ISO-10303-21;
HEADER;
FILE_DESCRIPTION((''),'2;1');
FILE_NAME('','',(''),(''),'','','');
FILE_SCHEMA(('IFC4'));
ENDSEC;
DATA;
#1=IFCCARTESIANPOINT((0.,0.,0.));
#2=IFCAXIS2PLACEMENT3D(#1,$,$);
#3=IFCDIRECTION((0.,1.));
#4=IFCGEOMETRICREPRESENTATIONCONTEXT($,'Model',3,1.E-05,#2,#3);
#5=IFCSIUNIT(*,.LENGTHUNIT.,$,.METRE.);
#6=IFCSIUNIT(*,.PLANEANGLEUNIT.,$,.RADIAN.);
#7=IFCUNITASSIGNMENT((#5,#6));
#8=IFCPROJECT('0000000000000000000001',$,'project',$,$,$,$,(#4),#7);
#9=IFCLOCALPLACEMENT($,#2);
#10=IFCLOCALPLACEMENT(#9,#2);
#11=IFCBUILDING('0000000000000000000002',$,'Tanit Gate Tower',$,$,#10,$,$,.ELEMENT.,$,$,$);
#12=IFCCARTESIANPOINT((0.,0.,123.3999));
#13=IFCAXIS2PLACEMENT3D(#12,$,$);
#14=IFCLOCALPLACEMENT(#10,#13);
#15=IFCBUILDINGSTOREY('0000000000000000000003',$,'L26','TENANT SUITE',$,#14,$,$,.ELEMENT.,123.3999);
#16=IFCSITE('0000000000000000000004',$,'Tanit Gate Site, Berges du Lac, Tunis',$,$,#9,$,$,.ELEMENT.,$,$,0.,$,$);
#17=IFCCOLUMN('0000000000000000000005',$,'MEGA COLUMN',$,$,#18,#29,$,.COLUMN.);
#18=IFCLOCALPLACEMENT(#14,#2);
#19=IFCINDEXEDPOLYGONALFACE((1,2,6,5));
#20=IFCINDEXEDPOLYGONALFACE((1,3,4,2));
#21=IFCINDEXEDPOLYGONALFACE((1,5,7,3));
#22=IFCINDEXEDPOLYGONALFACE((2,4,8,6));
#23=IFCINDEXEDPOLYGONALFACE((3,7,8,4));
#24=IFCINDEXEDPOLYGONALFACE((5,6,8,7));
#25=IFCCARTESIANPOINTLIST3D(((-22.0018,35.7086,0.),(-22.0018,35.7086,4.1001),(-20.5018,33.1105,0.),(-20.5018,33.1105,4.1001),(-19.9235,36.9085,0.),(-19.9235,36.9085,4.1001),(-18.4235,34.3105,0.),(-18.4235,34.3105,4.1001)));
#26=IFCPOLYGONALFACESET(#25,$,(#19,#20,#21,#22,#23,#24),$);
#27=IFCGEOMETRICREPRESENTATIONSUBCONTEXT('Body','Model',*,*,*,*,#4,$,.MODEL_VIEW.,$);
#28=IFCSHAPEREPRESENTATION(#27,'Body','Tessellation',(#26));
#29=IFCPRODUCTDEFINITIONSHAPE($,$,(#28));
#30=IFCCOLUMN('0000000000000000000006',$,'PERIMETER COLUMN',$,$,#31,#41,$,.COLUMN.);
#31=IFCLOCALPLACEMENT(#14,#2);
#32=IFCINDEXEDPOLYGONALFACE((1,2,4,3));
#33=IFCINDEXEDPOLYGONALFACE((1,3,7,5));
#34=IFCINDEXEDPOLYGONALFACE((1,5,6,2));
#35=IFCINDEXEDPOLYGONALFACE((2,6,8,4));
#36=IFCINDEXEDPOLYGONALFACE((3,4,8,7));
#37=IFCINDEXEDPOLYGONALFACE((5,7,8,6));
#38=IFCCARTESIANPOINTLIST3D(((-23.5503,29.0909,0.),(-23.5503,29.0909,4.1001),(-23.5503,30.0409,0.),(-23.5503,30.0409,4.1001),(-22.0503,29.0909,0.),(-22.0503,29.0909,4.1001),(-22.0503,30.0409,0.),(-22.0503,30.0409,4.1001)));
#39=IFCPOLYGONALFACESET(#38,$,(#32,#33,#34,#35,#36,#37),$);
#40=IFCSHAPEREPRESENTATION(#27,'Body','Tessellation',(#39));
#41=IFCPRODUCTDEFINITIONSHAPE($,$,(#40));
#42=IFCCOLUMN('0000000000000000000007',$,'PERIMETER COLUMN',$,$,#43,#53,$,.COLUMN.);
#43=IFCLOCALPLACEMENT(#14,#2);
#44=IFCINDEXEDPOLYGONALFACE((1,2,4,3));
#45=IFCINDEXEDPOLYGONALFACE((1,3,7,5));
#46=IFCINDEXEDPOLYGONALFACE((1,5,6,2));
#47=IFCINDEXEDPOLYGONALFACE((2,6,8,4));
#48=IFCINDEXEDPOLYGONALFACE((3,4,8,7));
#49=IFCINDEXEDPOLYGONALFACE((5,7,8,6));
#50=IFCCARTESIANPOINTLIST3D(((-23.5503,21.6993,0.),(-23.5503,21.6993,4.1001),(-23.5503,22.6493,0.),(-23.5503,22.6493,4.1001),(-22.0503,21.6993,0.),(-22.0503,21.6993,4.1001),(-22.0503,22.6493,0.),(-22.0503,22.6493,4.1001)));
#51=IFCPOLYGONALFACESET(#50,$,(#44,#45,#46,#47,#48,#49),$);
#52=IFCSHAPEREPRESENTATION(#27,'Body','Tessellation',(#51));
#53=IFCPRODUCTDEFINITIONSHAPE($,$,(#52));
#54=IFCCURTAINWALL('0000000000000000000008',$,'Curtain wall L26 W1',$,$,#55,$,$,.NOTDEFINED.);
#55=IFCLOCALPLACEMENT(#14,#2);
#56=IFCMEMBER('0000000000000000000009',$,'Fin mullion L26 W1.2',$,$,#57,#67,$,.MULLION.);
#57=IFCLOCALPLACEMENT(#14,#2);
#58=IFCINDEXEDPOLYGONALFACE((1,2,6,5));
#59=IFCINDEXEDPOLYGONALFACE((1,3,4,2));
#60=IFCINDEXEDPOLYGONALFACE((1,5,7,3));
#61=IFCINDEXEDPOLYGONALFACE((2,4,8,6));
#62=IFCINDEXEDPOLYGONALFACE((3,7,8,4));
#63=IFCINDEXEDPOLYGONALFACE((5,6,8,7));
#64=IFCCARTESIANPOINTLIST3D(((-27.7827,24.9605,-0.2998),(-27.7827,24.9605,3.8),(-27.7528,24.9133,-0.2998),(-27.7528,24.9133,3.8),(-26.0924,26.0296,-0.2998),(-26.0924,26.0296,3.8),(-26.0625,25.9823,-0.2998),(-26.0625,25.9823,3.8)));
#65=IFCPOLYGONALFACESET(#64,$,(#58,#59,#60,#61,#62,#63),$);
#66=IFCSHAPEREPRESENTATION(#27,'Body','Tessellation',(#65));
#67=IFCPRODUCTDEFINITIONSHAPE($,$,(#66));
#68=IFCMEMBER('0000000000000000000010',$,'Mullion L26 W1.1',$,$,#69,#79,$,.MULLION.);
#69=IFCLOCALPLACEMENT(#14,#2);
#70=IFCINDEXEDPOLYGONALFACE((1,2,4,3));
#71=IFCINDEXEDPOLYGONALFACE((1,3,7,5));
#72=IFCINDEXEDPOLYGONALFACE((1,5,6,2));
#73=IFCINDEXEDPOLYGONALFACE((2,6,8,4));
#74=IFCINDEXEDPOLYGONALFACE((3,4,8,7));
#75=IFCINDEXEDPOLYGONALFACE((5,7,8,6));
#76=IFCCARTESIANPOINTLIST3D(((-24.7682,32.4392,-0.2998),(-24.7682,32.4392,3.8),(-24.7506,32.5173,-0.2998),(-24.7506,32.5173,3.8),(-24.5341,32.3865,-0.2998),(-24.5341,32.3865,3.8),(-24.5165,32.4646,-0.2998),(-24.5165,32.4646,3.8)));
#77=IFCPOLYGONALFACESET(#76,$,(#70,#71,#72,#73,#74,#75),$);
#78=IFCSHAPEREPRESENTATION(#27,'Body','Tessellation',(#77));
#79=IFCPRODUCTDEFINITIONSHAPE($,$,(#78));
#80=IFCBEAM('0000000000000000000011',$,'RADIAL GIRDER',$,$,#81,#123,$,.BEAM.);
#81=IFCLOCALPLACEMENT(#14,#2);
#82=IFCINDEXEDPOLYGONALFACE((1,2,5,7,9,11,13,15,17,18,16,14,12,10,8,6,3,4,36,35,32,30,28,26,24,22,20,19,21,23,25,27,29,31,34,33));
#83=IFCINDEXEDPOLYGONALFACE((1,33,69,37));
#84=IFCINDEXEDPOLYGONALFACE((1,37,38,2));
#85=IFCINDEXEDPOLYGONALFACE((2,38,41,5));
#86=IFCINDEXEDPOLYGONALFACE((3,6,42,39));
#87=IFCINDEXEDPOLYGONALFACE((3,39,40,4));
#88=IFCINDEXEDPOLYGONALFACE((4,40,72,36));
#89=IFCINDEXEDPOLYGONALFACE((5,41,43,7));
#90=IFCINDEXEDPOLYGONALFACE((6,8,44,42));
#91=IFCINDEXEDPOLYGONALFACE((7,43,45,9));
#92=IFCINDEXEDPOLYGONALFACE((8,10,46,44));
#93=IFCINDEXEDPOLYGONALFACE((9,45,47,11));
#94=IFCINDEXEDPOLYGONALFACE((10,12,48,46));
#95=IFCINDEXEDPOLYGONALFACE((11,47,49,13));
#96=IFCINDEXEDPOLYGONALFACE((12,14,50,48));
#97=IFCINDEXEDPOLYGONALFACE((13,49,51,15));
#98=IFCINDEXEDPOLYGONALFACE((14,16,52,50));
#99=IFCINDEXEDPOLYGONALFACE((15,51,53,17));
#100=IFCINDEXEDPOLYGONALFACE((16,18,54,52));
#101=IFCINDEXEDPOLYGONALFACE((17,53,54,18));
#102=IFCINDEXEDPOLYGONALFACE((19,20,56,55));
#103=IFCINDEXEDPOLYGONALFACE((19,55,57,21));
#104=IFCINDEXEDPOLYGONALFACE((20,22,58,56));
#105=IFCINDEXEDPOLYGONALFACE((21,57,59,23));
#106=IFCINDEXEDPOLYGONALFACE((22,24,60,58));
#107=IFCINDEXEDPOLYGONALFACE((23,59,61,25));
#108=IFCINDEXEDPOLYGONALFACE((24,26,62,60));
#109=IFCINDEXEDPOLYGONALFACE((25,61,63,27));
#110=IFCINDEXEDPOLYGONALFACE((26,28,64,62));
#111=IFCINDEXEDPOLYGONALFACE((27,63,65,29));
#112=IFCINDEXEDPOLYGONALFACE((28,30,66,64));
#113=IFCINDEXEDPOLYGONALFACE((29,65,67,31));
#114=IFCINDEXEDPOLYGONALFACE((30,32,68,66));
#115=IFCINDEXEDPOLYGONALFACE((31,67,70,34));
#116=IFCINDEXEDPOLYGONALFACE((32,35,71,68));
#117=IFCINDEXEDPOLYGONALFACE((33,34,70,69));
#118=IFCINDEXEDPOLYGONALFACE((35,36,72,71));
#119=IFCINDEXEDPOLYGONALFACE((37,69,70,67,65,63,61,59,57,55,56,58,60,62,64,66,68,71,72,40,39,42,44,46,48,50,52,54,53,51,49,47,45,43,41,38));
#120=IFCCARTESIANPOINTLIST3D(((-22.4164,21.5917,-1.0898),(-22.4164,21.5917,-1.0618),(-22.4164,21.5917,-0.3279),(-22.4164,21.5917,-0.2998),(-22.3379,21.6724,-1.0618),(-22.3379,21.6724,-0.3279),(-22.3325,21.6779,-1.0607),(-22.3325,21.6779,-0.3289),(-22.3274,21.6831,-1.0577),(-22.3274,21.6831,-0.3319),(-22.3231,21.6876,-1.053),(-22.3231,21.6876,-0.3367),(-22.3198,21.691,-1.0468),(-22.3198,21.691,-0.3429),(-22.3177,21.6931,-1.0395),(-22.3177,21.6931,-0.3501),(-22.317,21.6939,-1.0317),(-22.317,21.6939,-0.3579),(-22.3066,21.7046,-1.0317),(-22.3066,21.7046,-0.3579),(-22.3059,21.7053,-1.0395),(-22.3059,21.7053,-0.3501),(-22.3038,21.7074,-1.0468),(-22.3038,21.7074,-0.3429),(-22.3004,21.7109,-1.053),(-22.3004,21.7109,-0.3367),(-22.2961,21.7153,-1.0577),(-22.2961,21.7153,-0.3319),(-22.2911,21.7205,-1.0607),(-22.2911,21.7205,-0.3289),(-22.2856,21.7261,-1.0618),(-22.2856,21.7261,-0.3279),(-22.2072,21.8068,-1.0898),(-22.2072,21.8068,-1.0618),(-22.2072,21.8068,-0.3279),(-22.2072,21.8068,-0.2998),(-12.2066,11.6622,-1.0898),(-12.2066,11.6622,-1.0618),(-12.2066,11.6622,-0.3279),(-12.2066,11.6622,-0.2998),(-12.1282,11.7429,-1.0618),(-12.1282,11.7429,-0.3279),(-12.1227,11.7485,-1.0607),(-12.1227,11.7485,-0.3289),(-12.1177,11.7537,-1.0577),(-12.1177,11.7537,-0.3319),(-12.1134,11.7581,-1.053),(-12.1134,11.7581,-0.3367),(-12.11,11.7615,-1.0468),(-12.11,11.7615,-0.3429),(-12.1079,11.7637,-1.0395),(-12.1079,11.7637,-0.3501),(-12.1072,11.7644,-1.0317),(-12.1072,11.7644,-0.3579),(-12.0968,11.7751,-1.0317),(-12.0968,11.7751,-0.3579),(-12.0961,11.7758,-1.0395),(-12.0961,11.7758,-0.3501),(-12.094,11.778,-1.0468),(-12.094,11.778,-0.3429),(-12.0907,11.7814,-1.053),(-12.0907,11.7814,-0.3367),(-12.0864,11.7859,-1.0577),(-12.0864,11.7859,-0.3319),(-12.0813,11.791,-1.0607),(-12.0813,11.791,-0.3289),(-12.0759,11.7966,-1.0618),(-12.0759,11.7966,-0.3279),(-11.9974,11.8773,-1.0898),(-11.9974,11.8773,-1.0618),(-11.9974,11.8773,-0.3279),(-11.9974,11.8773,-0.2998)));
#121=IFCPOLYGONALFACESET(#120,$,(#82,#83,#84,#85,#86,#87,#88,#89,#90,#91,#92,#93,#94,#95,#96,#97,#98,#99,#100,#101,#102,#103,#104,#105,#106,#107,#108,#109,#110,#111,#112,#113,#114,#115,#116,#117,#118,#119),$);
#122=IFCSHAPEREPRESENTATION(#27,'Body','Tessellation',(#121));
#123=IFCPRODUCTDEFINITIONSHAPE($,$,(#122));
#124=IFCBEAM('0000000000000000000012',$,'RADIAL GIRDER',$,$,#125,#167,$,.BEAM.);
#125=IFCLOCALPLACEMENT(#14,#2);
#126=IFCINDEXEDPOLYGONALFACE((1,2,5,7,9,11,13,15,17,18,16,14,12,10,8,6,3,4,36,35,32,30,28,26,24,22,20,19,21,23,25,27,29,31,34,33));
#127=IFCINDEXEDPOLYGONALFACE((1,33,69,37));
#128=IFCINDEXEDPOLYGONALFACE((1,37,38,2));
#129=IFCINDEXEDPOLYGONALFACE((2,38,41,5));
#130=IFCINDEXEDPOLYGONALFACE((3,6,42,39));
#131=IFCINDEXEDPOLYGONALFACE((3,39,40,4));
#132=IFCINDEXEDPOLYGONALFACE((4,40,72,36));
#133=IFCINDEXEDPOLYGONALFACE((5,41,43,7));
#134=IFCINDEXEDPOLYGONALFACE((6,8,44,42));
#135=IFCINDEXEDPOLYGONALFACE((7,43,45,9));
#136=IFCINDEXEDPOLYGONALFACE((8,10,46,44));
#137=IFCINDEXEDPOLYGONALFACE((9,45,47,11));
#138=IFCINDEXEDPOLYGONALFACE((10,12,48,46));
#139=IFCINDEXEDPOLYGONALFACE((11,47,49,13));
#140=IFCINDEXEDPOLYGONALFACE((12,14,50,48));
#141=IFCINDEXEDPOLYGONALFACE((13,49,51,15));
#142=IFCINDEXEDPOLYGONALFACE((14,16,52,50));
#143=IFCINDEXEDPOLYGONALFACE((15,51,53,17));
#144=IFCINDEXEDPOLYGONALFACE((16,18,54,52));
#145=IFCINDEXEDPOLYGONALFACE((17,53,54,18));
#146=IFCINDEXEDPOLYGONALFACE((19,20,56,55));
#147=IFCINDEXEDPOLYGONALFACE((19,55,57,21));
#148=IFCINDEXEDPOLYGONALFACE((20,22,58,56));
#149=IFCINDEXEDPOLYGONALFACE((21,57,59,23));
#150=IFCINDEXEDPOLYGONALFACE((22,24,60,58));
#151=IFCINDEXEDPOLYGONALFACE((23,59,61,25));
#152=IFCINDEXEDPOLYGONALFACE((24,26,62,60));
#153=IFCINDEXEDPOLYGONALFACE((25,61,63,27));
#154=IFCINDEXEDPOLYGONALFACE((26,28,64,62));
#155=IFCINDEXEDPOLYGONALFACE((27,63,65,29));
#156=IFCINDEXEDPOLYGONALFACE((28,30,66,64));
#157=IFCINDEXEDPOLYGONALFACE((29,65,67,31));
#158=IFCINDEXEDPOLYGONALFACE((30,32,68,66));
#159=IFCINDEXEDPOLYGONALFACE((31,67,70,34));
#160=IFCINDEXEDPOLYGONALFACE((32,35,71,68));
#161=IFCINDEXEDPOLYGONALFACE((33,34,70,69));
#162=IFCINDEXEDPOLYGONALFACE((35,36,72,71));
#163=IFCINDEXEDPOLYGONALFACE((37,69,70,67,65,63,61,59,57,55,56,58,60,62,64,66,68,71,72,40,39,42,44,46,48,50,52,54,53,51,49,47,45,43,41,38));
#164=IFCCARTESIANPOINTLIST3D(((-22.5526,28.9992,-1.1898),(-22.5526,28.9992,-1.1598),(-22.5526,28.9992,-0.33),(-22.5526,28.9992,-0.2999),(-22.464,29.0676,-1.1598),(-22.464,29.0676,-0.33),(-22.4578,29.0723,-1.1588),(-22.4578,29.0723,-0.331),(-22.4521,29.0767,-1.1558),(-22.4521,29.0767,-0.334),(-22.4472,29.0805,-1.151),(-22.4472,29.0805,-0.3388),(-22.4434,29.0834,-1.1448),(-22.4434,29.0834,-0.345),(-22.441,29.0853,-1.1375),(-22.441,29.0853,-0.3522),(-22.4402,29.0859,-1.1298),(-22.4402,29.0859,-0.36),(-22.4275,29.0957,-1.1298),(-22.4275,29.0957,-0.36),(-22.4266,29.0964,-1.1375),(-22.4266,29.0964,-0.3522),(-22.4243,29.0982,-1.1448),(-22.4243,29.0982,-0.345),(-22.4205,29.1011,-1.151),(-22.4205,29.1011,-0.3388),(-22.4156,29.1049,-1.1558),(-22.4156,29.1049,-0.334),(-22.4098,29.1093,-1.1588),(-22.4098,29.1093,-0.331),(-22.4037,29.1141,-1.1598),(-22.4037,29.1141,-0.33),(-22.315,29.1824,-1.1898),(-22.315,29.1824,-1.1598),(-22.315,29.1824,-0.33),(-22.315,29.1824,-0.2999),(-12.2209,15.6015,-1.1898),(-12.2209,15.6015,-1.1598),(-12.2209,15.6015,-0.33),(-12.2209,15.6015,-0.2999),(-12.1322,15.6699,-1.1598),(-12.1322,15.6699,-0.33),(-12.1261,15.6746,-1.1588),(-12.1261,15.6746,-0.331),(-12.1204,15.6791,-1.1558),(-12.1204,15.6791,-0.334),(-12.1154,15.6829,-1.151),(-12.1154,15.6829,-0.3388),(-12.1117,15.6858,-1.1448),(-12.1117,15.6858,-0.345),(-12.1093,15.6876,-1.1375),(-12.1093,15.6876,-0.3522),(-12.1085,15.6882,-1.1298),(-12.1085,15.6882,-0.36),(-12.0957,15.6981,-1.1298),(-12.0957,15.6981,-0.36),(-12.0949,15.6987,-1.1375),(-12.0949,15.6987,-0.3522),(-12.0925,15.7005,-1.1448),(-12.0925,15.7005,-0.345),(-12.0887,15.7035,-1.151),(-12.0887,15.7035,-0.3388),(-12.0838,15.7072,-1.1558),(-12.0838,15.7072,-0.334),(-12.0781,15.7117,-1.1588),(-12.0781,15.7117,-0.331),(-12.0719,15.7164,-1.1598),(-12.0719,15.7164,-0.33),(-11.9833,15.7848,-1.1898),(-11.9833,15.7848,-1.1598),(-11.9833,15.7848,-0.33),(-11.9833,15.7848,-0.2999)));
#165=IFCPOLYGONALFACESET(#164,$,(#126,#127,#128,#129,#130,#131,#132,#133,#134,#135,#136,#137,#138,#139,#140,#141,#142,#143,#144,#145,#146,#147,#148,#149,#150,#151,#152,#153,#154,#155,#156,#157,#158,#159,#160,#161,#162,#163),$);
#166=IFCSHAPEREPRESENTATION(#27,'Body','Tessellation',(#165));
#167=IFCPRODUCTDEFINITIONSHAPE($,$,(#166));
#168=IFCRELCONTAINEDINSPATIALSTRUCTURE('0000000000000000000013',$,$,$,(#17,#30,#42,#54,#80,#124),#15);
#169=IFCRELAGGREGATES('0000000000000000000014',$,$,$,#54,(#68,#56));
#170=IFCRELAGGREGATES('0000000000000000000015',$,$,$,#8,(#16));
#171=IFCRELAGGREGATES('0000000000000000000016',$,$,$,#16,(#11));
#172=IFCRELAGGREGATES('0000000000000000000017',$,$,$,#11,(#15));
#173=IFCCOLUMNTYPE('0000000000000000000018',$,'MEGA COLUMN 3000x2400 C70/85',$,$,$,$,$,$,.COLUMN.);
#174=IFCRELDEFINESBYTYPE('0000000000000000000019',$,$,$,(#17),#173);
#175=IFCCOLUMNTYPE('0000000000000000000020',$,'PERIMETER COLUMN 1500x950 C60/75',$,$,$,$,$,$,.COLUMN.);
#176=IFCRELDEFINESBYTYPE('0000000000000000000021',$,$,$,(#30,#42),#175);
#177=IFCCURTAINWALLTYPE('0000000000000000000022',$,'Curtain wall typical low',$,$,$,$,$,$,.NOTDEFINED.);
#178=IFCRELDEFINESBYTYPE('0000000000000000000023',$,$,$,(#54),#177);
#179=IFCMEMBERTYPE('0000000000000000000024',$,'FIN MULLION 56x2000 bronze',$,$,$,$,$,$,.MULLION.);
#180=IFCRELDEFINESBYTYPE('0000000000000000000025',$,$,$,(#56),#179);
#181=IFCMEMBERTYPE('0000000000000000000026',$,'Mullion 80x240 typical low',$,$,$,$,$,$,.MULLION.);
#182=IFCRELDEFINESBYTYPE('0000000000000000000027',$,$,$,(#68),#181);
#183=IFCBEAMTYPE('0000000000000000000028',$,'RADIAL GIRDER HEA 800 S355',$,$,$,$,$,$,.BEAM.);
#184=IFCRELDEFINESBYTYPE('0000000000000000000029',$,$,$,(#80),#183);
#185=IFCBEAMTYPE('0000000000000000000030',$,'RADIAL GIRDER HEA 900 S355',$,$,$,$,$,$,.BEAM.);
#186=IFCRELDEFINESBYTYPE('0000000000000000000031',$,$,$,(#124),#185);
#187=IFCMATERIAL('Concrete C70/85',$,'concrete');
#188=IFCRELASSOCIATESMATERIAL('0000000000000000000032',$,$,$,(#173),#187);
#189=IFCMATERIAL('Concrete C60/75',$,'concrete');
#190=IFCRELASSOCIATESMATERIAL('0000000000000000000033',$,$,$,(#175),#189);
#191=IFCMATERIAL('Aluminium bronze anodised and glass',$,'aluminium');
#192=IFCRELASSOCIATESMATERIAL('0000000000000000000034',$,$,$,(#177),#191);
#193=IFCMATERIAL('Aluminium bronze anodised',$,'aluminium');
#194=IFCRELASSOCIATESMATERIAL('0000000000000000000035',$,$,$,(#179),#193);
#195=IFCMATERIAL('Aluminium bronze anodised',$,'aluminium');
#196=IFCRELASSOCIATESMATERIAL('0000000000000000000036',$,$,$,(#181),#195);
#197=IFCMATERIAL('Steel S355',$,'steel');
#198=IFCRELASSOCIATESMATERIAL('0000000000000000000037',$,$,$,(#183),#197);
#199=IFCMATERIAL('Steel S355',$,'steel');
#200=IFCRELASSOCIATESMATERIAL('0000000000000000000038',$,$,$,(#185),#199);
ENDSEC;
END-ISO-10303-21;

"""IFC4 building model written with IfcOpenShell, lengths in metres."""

from ifc_helpers import new_model, si_unit, direction, frame, origin, origin_2d, place, context, subcontext, project, spatial, rectangle, i_section, extrude, material, material_profile, profile_set, type_object, element, aggregate, save


model = new_model("IFC4")

# Units and contexts
model_context = context("Model", 3, precision=1e-05, world=origin(), true_north=direction((0.0, 1.0)))
body_context = subcontext(model_context, "Body", "Model", "MODEL_VIEW")
ifc_project = project(units=[si_unit("LENGTHUNIT", "METRE"), si_unit("PLANEANGLEUNIT", "RADIAN")], contexts=[model_context])

# Site, building, storey
site_placement = place(None, origin())
site = spatial("IfcSite", under=ifc_project, at=site_placement, Name="Tanit Gate Site, Berges du Lac, Tunis", CompositionType="ELEMENT", RefElevation=0.0)
building_placement = place(site_placement, origin())
building = spatial("IfcBuilding", under=site, at=building_placement, Name="Tanit Gate Tower", CompositionType="ELEMENT")
storey_placement = place(building_placement, frame((0.0, 0.0, 123.3999)))
storey = spatial("IfcBuildingStorey", under=building, at=storey_placement, Name="L26", Description="TENANT SUITE", CompositionType="ELEMENT", Elevation=123.3999)

# Columns
ifc_material_1 = material(Name="Concrete C70/85", Category="concrete")
ifc_material_profile_1 = material_profile(ifc_material_1, rectangle(XDim=3.0, YDim=2.3999, at=origin_2d()), Name="RC 3000x2400")
ifc_profile_set_1 = profile_set([ifc_material_profile_1], Name="Concrete C70/85")
column_type_1 = type_object("IfcColumnType", Name="MEGA COLUMN 3000x2400 C70/85", PredefinedType="COLUMN", material=ifc_profile_set_1)
column_placement = place(storey_placement, frame((-20.2126, 35.0095, 0.0), z_axis=(0.0, 0.0, 1.0), x_axis=(-0.5, 0.866025, 0.0)))
element("IfcColumn", 1, at=column_placement, inside=storey, type_object=column_type_1, Name="MEGA COLUMN", PredefinedType="COLUMN", context=body_context, shape_type="SweptSolid", body=[
    extrude(rectangle(XDim=3.0, YDim=2.3999, at=origin_2d()), origin(), (0.0, 0.0, 1.0), 4.1001),
])
ifc_material_2 = material(Name="Concrete C60/75", Category="concrete")
ifc_material_profile_2 = material_profile(ifc_material_2, rectangle(XDim=1.5, YDim=0.95, at=origin_2d()), Name="RC 1500x950")
ifc_profile_set_2 = profile_set([ifc_material_profile_2], Name="Concrete C60/75")
column_type_2 = type_object("IfcColumnType", Name="PERIMETER COLUMN 1500x950 C60/75", PredefinedType="COLUMN", material=ifc_profile_set_2)
for number, where, z_axis, x_axis, name in (
    (2, (-22.8003, 29.5659, 0.0), (0.0, 0.0, 1.0), (-1.0, 0.0, 0.0), "PERIMETER COLUMN"),
    (3, (-22.8003, 22.1743, 0.0), (0.0, 0.0, 1.0), (-1.0, 0.0, 0.0), "PERIMETER COLUMN"),
):
    element("IfcColumn", number, at=place(storey_placement, frame(where, z_axis=z_axis, x_axis=x_axis)), inside=storey, type_object=column_type_2, Name=name, PredefinedType="COLUMN", context=body_context, shape_type="SweptSolid", body=[
        extrude(rectangle(XDim=1.5, YDim=0.95, at=origin_2d()), origin(), (0.0, 0.0, 1.0), 4.1001),
    ])

# Curtain wall, members
ifc_material_3 = material(Name="Aluminium bronze anodised and glass", Category="aluminium")
curtain_wall_type = type_object("IfcCurtainWallType", Name="Curtain wall typical low", PredefinedType="NOTDEFINED", material=ifc_material_3)
curtain_wall_placement = place(storey_placement, origin())
curtain_wall = element("IfcCurtainWall", 4, at=curtain_wall_placement, inside=storey, type_object=curtain_wall_type, Name="Curtain wall L26 W1", PredefinedType="NOTDEFINED")
ifc_material_4 = material(Name="Aluminium bronze anodised", Category="aluminium")
ifc_material_profile_3 = material_profile(ifc_material_4, rectangle(XDim=2.0, YDim=0.0559, at=origin_2d()), Name="56x2000 bronze fin mullion")
ifc_profile_set_3 = profile_set([ifc_material_profile_3], Name="Aluminium bronze anodised")
member_type_1 = type_object("IfcMemberType", Name="FIN MULLION 56x2000 bronze", PredefinedType="MULLION", material=ifc_profile_set_3)
member_1_placement = place(storey_placement, frame((-26.9226, 25.4714, -0.2998), z_axis=(0.0, 0.0, 1.0), x_axis=(0.845158, 0.534516, 0.0)))
member_1 = element("IfcMember", 5, at=member_1_placement, type_object=member_type_1, Name="Fin mullion L26 W1.2", PredefinedType="MULLION", context=body_context, shape_type="SweptSolid", body=[
    extrude(rectangle(XDim=2.0, YDim=0.0559, at=origin_2d()), origin(), (0.0, 0.0, 1.0), 4.0999),
])
ifc_material_5 = material(Name="Aluminium bronze anodised", Category="aluminium")
ifc_material_profile_4 = material_profile(ifc_material_5, rectangle(XDim=0.24, YDim=0.0801, at=origin_2d()), Name="80x240 bronze mullion")
ifc_profile_set_4 = profile_set([ifc_material_profile_4], Name="Aluminium bronze anodised")
member_type_2 = type_object("IfcMemberType", Name="Mullion 80x240 typical low", PredefinedType="MULLION", material=ifc_profile_set_4)
member_2_placement = place(storey_placement, frame((-24.6423, 32.4519, -0.2998), z_axis=(0.0, 0.0, 1.0), x_axis=(0.975577, -0.219657, 0.0)))
member_2 = element("IfcMember", 6, at=member_2_placement, type_object=member_type_2, Name="Mullion L26 W1.1", PredefinedType="MULLION", context=body_context, shape_type="SweptSolid", body=[
    extrude(rectangle(XDim=0.24, YDim=0.0801, at=origin_2d()), origin(), (0.0, 0.0, 1.0), 4.0999),
])

# Beams
ifc_material_6 = material(Name="Steel S355", Category="steel")
ifc_material_profile_5 = material_profile(ifc_material_6, i_section(OverallWidth=0.3, OverallDepth=0.79, WebThickness=0.0149, FlangeThickness=0.0281, FilletRadius=0.03, at=origin_2d()), Name="HEA 800")
ifc_profile_set_5 = profile_set([ifc_material_profile_5], Name="Steel S355")
beam_type_1 = type_object("IfcBeamType", Name="RADIAL GIRDER HEA 800 S355", PredefinedType="BEAM", material=ifc_profile_set_5)
beam_1_placement = place(storey_placement, frame((-22.3118, 21.6992, -0.6948), z_axis=(0.716878, -0.697199, 0.0), x_axis=(0.697199, 0.716878, 0.0)))
element("IfcBeam", 7, at=beam_1_placement, inside=storey, type_object=beam_type_1, Name="RADIAL GIRDER", PredefinedType="BEAM", context=body_context, shape_type="SweptSolid", body=[
    extrude(i_section(OverallWidth=0.3, OverallDepth=0.79, WebThickness=0.0149, FlangeThickness=0.0281, FilletRadius=0.03, at=origin_2d()), origin(), (0.0, 0.0, 1.0), 14.2419),
])
ifc_material_7 = material(Name="Steel S355", Category="steel")
ifc_material_profile_6 = material_profile(ifc_material_7, i_section(OverallWidth=0.3, OverallDepth=0.8899, WebThickness=0.0161, FlangeThickness=0.03, FilletRadius=0.03, at=origin_2d()), Name="HEA 900")
ifc_profile_set_6 = profile_set([ifc_material_profile_6], Name="Steel S355")
beam_type_2 = type_object("IfcBeamType", Name="RADIAL GIRDER HEA 900 S355", PredefinedType="BEAM", material=ifc_profile_set_6)
beam_2_placement = place(storey_placement, frame((-22.4338, 29.0908, -0.7449), z_axis=(0.610671, -0.791885, 0.0), x_axis=(0.791885, 0.610671, 0.0)))
element("IfcBeam", 8, at=beam_2_placement, inside=storey, type_object=beam_type_2, Name="RADIAL GIRDER", PredefinedType="BEAM", context=body_context, shape_type="SweptSolid", body=[
    extrude(i_section(OverallWidth=0.3, OverallDepth=0.8899, WebThickness=0.0161, FlangeThickness=0.03, FilletRadius=0.03, at=origin_2d()), origin(), (0.0, 0.0, 1.0), 16.9187),
])

aggregate(curtain_wall, [member_2, member_1])

save(model, "model.ifc")
